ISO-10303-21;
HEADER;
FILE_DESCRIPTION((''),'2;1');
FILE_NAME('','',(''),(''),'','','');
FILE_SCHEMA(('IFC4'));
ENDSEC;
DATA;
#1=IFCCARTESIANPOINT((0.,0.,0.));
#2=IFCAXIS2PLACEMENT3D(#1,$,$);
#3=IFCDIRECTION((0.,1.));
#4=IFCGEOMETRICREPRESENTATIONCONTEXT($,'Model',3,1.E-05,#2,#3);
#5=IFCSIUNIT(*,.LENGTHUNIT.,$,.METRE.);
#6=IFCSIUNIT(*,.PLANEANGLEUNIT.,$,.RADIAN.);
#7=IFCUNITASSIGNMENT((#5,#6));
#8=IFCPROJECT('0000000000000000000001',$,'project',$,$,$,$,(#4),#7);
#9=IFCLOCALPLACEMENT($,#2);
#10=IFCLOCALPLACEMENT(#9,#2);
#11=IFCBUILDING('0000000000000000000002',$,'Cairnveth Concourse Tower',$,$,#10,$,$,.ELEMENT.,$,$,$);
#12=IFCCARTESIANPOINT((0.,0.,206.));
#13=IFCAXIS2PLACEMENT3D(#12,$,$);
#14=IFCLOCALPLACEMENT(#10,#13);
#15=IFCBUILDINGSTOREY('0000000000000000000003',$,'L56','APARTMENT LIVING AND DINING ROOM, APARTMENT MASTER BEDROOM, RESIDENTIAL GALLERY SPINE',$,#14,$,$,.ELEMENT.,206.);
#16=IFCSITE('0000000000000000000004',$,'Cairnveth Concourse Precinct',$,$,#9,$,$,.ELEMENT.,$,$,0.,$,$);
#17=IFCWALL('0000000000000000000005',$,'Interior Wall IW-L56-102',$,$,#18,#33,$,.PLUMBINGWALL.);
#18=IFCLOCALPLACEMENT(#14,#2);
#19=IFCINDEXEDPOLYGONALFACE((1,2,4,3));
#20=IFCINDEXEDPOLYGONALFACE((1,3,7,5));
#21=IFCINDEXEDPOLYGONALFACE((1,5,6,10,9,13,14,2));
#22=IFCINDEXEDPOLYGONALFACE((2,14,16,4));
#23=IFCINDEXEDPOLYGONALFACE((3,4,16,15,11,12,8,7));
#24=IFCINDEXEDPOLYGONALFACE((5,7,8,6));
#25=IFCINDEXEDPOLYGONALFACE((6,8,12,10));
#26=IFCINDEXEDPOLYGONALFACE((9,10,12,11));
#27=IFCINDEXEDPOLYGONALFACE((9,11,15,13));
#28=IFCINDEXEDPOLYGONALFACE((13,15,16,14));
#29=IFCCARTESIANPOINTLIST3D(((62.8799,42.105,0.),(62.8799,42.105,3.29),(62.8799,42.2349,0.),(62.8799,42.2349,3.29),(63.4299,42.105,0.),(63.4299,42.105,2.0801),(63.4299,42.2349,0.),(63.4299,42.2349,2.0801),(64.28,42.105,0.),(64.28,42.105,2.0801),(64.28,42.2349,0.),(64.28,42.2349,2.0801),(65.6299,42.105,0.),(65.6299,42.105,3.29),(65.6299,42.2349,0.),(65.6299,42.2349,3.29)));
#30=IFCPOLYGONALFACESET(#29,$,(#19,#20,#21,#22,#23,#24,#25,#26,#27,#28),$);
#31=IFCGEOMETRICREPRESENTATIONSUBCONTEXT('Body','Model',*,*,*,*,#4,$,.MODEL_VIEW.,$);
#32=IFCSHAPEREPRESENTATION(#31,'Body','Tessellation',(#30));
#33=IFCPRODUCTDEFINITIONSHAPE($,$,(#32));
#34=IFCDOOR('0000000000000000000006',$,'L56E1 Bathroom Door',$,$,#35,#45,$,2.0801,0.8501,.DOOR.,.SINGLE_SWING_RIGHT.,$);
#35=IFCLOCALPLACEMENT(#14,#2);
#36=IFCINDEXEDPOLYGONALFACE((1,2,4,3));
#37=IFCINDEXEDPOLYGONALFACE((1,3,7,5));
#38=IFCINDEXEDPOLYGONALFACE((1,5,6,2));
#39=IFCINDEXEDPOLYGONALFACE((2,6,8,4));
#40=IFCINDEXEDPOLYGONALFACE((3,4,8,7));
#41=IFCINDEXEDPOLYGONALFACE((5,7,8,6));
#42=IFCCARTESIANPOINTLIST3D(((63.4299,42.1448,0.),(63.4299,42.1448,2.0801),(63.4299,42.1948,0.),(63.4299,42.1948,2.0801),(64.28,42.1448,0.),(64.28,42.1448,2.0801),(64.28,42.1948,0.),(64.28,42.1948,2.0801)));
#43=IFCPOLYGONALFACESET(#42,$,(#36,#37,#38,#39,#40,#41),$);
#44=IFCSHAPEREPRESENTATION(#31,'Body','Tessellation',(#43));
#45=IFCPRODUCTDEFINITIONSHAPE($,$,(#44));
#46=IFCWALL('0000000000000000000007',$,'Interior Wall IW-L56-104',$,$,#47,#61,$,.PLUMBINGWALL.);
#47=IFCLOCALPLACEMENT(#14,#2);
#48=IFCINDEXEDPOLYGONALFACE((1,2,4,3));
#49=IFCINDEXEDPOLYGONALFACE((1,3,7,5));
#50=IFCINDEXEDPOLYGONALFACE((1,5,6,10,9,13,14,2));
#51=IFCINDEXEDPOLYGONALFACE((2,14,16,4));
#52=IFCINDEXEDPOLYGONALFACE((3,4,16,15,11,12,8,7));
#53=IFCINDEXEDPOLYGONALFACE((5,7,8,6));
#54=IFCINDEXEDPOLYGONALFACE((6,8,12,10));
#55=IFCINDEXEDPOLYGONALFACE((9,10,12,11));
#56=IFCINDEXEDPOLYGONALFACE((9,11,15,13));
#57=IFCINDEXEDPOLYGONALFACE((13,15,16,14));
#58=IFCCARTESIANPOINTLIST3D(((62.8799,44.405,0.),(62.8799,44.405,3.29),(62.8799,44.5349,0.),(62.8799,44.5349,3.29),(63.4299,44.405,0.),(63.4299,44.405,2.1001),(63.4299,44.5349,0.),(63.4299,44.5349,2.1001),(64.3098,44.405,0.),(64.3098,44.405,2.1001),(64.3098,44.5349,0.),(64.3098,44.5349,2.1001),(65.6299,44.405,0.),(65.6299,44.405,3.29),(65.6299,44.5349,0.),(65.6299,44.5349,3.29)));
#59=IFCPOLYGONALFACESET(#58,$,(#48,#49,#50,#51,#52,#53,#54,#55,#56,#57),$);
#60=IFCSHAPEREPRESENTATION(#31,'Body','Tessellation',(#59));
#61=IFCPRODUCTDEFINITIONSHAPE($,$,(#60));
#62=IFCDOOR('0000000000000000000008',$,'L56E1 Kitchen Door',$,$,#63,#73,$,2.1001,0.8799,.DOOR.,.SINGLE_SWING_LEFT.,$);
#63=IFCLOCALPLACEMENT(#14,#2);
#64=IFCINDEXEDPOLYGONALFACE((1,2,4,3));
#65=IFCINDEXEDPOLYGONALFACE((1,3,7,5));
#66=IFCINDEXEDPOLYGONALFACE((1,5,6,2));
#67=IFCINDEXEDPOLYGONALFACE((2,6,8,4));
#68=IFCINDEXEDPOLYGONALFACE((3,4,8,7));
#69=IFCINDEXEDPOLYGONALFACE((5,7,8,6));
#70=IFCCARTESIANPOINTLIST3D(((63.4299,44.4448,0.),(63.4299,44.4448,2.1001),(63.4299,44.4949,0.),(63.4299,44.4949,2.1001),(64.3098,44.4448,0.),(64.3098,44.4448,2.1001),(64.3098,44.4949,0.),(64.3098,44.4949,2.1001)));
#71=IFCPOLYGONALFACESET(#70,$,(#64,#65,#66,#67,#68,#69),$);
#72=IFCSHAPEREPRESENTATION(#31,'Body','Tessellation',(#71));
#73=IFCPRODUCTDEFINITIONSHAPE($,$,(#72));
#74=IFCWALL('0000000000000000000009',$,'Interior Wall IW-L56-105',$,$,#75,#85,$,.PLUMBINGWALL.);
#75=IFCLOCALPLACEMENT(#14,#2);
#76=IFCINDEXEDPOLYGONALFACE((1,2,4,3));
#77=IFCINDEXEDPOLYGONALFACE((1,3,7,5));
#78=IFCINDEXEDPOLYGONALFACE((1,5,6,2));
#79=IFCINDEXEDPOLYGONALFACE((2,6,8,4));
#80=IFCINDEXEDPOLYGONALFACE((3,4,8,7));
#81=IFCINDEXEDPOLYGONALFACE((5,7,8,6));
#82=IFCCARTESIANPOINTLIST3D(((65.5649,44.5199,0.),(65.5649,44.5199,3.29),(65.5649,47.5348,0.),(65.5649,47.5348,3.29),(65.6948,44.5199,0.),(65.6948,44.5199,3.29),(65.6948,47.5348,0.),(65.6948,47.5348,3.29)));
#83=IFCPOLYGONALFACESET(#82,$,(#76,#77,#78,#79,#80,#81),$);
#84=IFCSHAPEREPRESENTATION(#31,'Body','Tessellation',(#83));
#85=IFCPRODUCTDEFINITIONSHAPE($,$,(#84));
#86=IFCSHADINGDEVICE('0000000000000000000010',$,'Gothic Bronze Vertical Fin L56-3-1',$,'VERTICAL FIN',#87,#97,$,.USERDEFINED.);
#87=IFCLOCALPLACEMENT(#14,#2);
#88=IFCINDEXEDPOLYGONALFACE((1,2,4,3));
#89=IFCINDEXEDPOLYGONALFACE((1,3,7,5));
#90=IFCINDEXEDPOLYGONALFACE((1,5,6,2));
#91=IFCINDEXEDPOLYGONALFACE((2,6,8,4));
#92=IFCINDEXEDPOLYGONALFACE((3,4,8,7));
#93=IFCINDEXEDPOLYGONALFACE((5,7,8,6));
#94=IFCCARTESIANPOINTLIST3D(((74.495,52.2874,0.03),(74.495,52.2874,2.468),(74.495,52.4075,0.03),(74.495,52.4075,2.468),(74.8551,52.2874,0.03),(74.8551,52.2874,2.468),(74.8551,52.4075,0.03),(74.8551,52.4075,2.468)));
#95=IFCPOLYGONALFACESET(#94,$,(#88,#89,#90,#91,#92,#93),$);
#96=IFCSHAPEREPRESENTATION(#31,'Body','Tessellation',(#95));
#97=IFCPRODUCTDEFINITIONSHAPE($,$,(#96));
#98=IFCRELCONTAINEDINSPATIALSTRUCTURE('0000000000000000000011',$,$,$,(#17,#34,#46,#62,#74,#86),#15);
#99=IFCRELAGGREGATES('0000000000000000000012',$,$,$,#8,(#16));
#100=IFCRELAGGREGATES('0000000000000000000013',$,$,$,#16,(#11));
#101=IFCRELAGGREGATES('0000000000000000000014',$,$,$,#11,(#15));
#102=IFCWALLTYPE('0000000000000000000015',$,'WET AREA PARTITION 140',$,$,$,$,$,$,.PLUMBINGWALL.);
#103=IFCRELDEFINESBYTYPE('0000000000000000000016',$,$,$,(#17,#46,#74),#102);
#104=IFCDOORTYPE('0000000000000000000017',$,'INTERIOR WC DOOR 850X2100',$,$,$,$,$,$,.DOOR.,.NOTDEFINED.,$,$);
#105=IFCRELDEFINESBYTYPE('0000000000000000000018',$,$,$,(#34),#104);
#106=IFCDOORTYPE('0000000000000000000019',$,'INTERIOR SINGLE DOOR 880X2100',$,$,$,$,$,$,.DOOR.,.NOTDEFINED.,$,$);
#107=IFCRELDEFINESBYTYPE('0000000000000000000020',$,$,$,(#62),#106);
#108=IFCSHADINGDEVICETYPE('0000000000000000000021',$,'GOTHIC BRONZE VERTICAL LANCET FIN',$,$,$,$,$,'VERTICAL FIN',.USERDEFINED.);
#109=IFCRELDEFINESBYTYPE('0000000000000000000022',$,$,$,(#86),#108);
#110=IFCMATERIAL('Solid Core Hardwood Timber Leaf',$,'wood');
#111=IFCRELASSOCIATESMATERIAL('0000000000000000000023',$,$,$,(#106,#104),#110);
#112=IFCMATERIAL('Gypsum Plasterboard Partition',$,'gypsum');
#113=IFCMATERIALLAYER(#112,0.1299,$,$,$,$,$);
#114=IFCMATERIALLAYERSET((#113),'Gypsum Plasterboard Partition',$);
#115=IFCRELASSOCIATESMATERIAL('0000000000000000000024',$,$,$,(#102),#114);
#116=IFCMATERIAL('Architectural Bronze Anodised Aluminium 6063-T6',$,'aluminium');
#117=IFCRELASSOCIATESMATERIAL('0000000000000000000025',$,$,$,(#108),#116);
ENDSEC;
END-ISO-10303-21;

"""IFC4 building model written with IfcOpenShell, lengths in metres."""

from ifc_helpers import new_model, si_unit, direction, frame, frame_2d, origin, origin_2d, place, context, subcontext, project, spatial, rectangle, extrude, material, layer, layer_set, type_object, element, fill, save


model = new_model("IFC4")

# Units and contexts
model_context = context("Model", 3, precision=1e-05, world=origin(), true_north=direction((0.0, 1.0)))
body_context = subcontext(model_context, "Body", "Model", "MODEL_VIEW")
ifc_project = project(units=[si_unit("LENGTHUNIT", "METRE"), si_unit("PLANEANGLEUNIT", "RADIAN")], contexts=[model_context])

# Site, building, storey
site_placement = place(None, origin())
site = spatial("IfcSite", under=ifc_project, at=site_placement, Name="Cairnveth Concourse Precinct", CompositionType="ELEMENT", RefElevation=0.0)
building_placement = place(site_placement, origin())
building = spatial("IfcBuilding", under=site, at=building_placement, Name="Cairnveth Concourse Tower", CompositionType="ELEMENT")
storey_placement = place(building_placement, frame((0.0, 0.0, 206.0)))
storey = spatial("IfcBuildingStorey", under=building, at=storey_placement, Name="L56", Description="APARTMENT LIVING AND DINING ROOM, APARTMENT MASTER BEDROOM, RESIDENTIAL GALLERY SPINE", CompositionType="ELEMENT", Elevation=206.0)

# Shared definitions
ifc_material_1 = material(Name="Gypsum Plasterboard Partition", Category="gypsum")

# Shared definitions
ifc_material_2 = material(Name="Solid Core Hardwood Timber Leaf", Category="wood")
door_type_1 = type_object("IfcDoorType", Name="INTERIOR SINGLE DOOR 880X2100", OperationType="NOTDEFINED", PredefinedType="DOOR", material=ifc_material_2)
ifc_layer_1 = layer(ifc_material_1, 0.1299)
ifc_layer_set_1 = layer_set([ifc_layer_1], Name="Gypsum Plasterboard Partition")
wall_type_1 = type_object("IfcWallType", Name="WET AREA PARTITION 140", PredefinedType="PLUMBINGWALL", material=ifc_layer_set_1)
door_type_2 = type_object("IfcDoorType", Name="INTERIOR WC DOOR 850X2100", OperationType="NOTDEFINED", PredefinedType="DOOR", material=ifc_material_2)

# Walls, openings, doors
wall_1_placement = place(storey_placement, frame((62.8799, 42.1699, 0.0), z_axis=(0.0, 0.0, 1.0), x_axis=(1.0, 0.0, 0.0)))
wall_1 = element("IfcWall", 1, at=wall_1_placement, inside=storey, type_object=wall_type_1, Name="Interior Wall IW-L56-102", PredefinedType="PLUMBINGWALL", context=body_context, shape_type="SweptSolid", body=[
    extrude(rectangle(XDim=2.75, YDim=0.1299, at=frame_2d((1.375, 0.0))), origin(), (0.0, 0.0, 1.0), 3.29),
])
opening_1_placement = place(wall_1_placement, frame((0.55, 0.0, 0.0)))
opening_1 = element("IfcOpeningElement", 2, at=opening_1_placement, cuts=wall_1, PredefinedType="OPENING", context=body_context, shape_type="SweptSolid", body=[
    extrude(rectangle(XDim=0.8501, YDim=2.0801, at=frame_2d((0.425, 1.04))), frame((0.0, 0.075, 0.0), z_axis=(0.0, -1.0, 0.0), x_axis=(1.0, 0.0, 0.0)), (0.0, 0.0, 1.0), 0.1499),
])
door_1_placement = place(opening_1_placement, origin())
door_1 = element("IfcDoor", 3, at=door_1_placement, inside=storey, type_object=door_type_2, Name="L56E1 Bathroom Door", OperationType="SINGLE_SWING_RIGHT", OverallHeight=2.0801, OverallWidth=0.8501, PredefinedType="DOOR", context=body_context, shape_type="SweptSolid", body=[
    extrude(rectangle(XDim=0.8501, YDim=2.0801, at=frame_2d((0.425, 1.04))), frame((0.0, 0.0249, 0.0), z_axis=(0.0, -1.0, 0.0), x_axis=(1.0, 0.0, 0.0)), (0.0, 0.0, 1.0), 0.05),
])
fill(opening_1, door_1)
wall_2_placement = place(storey_placement, frame((62.8799, 44.47, 0.0), z_axis=(0.0, 0.0, 1.0), x_axis=(1.0, 0.0, 0.0)))
wall_2 = element("IfcWall", 4, at=wall_2_placement, inside=storey, type_object=wall_type_1, Name="Interior Wall IW-L56-104", PredefinedType="PLUMBINGWALL", context=body_context, shape_type="SweptSolid", body=[
    extrude(rectangle(XDim=2.75, YDim=0.1299, at=frame_2d((1.375, 0.0))), origin(), (0.0, 0.0, 1.0), 3.29),
])
opening_2_placement = place(wall_2_placement, frame((0.55, 0.0, 0.0)))
opening_2 = element("IfcOpeningElement", 5, at=opening_2_placement, cuts=wall_2, PredefinedType="OPENING", context=body_context, shape_type="SweptSolid", body=[
    extrude(rectangle(XDim=0.8799, YDim=2.1001, at=frame_2d((0.4399, 1.05))), frame((0.0, 0.075, 0.0), z_axis=(0.0, -1.0, 0.0), x_axis=(1.0, 0.0, 0.0)), (0.0, 0.0, 1.0), 0.1499),
])
door_2_placement = place(opening_2_placement, origin())
door_2 = element("IfcDoor", 6, at=door_2_placement, inside=storey, type_object=door_type_1, Name="L56E1 Kitchen Door", OperationType="SINGLE_SWING_LEFT", OverallHeight=2.1001, OverallWidth=0.8799, PredefinedType="DOOR", context=body_context, shape_type="SweptSolid", body=[
    extrude(rectangle(XDim=0.8799, YDim=2.1001, at=frame_2d((0.4399, 1.05))), frame((0.0, 0.0249, 0.0), z_axis=(0.0, -1.0, 0.0), x_axis=(1.0, 0.0, 0.0)), (0.0, 0.0, 1.0), 0.05),
])
fill(opening_2, door_2)

# Wall
wall_3_placement = place(storey_placement, frame((65.6299, 44.52, 0.0), z_axis=(0.0, 0.0, 1.0), x_axis=(0.0, 1.0, 0.0)))
element("IfcWall", 7, at=wall_3_placement, inside=storey, type_object=wall_type_1, Name="Interior Wall IW-L56-105", PredefinedType="PLUMBINGWALL", context=body_context, shape_type="SweptSolid", body=[
    extrude(rectangle(XDim=3.0149, YDim=0.1299, at=frame_2d((1.5073, 0.0))), origin(), (0.0, 0.0, 1.0), 3.29),
])

# Shading device
ifc_material_3 = material(Name="Architectural Bronze Anodised Aluminium 6063-T6", Category="aluminium")
shading_device_type = type_object("IfcShadingDeviceType", Name="GOTHIC BRONZE VERTICAL LANCET FIN", ElementType="VERTICAL FIN", PredefinedType="USERDEFINED", material=ifc_material_3)
shading_device_placement = place(storey_placement, frame((74.675, 52.3474, 0.03), z_axis=(0.0, 0.0, 1.0), x_axis=(0.0, 1.0, 0.0)))
element("IfcShadingDevice", 8, at=shading_device_placement, inside=storey, type_object=shading_device_type, Name="Gothic Bronze Vertical Fin L56-3-1", ObjectType="VERTICAL FIN", PredefinedType="USERDEFINED", context=body_context, shape_type="SweptSolid", body=[
    extrude(rectangle(XDim=0.1201, YDim=0.3601, at=origin_2d()), origin(), (0.0, 0.0, 1.0), 2.438),
])

save(model, "model.ifc")
